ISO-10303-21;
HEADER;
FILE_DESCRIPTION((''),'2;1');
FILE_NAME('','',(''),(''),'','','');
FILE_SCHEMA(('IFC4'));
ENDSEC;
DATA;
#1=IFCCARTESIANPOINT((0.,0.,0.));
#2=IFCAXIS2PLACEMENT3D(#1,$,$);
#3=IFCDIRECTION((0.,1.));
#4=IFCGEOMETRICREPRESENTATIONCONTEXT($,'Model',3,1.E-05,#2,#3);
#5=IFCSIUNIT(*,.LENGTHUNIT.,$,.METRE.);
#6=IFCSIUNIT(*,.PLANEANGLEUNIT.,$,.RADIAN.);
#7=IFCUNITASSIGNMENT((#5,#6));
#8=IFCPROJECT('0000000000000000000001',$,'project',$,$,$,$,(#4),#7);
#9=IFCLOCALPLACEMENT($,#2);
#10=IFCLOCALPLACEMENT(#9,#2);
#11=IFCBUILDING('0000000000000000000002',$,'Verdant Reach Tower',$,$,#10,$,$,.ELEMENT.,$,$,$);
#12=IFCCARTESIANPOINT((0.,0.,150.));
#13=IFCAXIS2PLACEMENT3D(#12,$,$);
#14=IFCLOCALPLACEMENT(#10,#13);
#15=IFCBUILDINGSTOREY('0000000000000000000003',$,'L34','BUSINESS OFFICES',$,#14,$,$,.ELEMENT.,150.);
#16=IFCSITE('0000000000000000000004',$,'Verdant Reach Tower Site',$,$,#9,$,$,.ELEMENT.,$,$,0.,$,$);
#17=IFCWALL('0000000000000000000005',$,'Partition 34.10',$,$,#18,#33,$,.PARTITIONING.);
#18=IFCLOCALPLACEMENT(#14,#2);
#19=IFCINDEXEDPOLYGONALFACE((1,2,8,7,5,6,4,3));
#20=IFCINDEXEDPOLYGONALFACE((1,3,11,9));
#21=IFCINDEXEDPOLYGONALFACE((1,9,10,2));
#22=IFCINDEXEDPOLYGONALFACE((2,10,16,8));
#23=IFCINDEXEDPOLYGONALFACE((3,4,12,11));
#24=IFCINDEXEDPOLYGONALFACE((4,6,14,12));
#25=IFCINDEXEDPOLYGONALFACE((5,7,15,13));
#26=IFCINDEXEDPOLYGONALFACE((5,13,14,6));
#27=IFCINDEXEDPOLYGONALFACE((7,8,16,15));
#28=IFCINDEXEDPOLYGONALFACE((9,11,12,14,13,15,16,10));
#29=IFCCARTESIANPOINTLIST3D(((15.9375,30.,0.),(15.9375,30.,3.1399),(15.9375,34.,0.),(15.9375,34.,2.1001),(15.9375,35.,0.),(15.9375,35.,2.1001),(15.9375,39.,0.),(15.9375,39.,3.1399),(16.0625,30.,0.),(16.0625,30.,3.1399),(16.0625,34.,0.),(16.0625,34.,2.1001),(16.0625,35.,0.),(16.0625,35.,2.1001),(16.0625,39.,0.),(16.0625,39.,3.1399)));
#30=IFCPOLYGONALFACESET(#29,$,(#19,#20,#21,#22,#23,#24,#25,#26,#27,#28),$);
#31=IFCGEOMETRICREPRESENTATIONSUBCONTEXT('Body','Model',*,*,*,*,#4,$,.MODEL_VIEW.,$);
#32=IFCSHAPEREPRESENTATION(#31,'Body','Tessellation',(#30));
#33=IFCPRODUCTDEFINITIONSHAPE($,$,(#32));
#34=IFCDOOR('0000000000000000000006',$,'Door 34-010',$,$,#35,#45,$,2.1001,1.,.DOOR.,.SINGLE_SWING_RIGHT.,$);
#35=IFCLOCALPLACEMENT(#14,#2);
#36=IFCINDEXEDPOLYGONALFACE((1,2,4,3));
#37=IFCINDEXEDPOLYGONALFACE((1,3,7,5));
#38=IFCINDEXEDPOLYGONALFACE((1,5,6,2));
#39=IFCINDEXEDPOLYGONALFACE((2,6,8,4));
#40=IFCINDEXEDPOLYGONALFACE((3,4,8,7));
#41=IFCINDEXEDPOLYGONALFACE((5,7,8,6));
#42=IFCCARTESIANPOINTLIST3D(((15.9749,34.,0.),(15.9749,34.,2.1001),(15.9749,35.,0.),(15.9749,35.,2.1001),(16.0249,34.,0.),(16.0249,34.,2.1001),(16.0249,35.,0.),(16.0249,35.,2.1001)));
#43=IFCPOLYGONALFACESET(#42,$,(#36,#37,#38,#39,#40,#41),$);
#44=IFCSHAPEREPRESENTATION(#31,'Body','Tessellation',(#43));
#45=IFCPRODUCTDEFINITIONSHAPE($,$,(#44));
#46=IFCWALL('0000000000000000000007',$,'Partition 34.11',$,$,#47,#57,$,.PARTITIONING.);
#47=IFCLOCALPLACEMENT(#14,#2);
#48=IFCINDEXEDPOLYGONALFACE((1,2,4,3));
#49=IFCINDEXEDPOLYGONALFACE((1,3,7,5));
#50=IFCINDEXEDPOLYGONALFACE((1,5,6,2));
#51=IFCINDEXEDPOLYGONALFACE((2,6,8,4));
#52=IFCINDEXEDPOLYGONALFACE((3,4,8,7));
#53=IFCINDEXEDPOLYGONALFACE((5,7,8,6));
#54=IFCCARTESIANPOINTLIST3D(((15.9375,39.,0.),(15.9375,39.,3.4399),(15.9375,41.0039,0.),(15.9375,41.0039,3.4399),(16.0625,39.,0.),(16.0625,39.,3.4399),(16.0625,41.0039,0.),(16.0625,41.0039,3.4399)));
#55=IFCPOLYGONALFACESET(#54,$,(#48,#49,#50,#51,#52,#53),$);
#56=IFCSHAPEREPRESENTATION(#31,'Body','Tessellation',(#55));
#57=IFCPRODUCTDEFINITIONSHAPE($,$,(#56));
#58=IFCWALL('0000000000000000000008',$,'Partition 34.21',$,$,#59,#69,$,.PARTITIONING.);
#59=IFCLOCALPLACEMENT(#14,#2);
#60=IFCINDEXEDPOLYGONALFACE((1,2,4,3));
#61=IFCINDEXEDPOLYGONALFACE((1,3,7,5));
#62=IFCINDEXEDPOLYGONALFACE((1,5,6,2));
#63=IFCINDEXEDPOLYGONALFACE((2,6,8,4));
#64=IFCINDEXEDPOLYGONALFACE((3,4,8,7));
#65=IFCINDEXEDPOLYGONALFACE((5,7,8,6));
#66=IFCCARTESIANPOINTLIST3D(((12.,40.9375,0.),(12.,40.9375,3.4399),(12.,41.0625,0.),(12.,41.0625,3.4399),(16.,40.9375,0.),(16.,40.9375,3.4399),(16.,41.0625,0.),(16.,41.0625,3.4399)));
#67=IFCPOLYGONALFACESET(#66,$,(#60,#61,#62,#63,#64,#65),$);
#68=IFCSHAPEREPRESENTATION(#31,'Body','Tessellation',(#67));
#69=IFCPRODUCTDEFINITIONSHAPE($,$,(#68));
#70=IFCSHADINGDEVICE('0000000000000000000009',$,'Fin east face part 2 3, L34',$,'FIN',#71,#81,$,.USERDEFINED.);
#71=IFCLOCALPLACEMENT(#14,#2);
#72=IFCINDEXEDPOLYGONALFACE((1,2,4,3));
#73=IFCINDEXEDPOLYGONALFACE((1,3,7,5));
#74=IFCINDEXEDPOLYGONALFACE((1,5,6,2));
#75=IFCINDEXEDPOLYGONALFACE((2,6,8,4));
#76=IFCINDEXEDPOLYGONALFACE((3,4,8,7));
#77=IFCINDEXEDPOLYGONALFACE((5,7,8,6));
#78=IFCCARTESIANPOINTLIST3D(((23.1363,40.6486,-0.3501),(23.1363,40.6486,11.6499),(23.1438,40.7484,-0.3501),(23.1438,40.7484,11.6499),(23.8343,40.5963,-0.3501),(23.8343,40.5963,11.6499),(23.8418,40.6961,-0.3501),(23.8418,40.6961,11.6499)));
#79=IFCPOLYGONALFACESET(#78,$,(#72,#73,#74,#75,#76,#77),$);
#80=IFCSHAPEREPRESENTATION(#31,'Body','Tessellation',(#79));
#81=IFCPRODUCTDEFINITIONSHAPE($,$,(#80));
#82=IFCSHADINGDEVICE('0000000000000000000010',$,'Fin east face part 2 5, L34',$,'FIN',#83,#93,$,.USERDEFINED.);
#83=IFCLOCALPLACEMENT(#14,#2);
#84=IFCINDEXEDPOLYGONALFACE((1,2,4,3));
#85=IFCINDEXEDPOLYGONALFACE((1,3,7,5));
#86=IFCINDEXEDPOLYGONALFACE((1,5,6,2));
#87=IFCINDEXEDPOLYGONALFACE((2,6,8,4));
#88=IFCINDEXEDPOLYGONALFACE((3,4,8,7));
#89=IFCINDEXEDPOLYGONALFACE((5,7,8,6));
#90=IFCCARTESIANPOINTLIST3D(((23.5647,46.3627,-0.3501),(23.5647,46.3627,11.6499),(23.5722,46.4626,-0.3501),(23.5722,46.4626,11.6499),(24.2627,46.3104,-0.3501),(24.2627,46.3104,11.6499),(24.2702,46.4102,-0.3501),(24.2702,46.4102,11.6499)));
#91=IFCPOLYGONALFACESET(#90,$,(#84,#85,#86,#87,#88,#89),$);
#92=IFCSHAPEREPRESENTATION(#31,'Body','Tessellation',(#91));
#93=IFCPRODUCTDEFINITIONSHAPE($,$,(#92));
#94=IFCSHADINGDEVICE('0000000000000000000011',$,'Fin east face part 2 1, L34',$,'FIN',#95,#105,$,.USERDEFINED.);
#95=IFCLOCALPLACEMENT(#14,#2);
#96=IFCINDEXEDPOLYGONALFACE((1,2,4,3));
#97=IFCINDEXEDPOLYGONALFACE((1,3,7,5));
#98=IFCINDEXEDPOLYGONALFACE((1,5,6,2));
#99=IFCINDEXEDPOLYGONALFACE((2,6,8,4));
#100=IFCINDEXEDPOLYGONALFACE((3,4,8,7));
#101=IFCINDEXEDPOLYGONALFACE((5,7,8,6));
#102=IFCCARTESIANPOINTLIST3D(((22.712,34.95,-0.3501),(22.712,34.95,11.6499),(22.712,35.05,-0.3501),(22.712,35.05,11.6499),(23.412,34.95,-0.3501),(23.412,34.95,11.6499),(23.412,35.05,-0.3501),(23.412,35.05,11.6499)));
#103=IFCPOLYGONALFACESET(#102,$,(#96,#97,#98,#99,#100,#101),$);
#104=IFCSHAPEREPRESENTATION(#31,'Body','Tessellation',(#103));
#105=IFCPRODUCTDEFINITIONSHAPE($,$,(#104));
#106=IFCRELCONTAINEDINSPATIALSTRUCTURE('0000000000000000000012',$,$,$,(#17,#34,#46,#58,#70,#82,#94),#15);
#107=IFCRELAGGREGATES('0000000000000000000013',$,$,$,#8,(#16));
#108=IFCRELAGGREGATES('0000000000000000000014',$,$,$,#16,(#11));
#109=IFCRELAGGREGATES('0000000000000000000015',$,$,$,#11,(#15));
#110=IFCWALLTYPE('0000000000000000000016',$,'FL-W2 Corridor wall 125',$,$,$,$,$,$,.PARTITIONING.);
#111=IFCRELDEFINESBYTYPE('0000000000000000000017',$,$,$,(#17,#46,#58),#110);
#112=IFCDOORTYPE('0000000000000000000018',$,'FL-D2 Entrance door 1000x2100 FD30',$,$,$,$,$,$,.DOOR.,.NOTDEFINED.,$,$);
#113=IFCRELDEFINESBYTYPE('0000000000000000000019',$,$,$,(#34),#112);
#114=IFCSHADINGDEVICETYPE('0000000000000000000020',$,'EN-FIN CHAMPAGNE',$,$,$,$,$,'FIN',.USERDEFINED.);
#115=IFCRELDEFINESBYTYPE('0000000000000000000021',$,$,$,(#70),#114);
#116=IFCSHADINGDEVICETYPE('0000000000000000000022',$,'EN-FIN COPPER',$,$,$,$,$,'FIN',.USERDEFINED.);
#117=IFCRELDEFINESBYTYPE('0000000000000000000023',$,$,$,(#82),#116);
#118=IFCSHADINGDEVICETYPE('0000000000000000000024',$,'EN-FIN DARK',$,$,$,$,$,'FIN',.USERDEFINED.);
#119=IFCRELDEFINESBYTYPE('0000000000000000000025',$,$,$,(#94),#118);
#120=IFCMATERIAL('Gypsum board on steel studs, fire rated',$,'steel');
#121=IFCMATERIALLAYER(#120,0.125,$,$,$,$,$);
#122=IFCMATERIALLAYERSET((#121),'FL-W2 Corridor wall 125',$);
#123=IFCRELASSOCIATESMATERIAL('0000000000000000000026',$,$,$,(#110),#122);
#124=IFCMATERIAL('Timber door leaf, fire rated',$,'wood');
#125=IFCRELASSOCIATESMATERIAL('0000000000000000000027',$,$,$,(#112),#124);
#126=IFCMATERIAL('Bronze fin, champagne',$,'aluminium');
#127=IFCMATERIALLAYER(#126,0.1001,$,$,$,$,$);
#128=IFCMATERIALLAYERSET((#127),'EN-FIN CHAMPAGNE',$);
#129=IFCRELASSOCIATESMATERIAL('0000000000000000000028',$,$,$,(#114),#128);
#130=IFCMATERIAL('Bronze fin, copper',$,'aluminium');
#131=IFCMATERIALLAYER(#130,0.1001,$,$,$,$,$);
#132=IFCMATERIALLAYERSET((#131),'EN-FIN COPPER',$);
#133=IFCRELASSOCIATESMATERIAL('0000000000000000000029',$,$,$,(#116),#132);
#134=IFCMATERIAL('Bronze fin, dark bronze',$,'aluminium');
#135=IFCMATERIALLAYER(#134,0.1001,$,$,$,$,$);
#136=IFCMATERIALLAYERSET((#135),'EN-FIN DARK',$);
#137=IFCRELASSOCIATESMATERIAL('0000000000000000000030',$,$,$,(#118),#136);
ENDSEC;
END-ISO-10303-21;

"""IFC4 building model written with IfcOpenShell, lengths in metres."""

from ifc_helpers import new_model, si_unit, direction, frame, frame_2d, origin, origin_2d, place, context, subcontext, project, spatial, rectangle, extrude, material, layer, layer_set, type_object, element, fill, save


model = new_model("IFC4")

# Units and contexts
model_context = context("Model", 3, precision=1e-05, world=origin(), true_north=direction((0.0, 1.0)))
body_context = subcontext(model_context, "Body", "Model", "MODEL_VIEW")
ifc_project = project(units=[si_unit("LENGTHUNIT", "METRE"), si_unit("PLANEANGLEUNIT", "RADIAN")], contexts=[model_context])

# Site, building, storey
site_placement = place(None, origin())
site = spatial("IfcSite", under=ifc_project, at=site_placement, Name="Verdant Reach Tower Site", CompositionType="ELEMENT", RefElevation=0.0)
building_placement = place(site_placement, origin())
building = spatial("IfcBuilding", under=site, at=building_placement, Name="Verdant Reach Tower", CompositionType="ELEMENT")
storey_placement = place(building_placement, frame((0.0, 0.0, 150.0)))
storey = spatial("IfcBuildingStorey", under=building, at=storey_placement, Name="L34", Description="BUSINESS OFFICES", CompositionType="ELEMENT", Elevation=150.0)

# Wall, opening, door
ifc_material_1 = material(Name="Gypsum board on steel studs, fire rated", Category="steel")
ifc_layer_1 = layer(ifc_material_1, 0.125)
ifc_layer_set_1 = layer_set([ifc_layer_1], Name="FL-W2 Corridor wall 125")
wall_type_1 = type_object("IfcWallType", Name="FL-W2 Corridor wall 125", PredefinedType="PARTITIONING", material=ifc_layer_set_1)
wall_1_placement = place(storey_placement, frame((16.0, 39.0, 0.0), z_axis=(0.0, 0.0, 1.0), x_axis=(0.0, -1.0, 0.0)))
wall_1 = element("IfcWall", 1, at=wall_1_placement, inside=storey, type_object=wall_type_1, Name="Partition 34.10", PredefinedType="PARTITIONING", context=body_context, shape_type="SweptSolid", body=[
    extrude(rectangle(XDim=9.0, YDim=0.125, at=frame_2d((4.5, 0.0))), origin(), (0.0, 0.0, 1.0), 3.1399),
])
opening_1_placement = place(wall_1_placement, frame((4.0, 0.0, 0.0)))
opening_1 = element("IfcOpeningElement", 2, at=opening_1_placement, cuts=wall_1, PredefinedType="OPENING", context=body_context, shape_type="SweptSolid", body=[
    extrude(rectangle(XDim=1.0, YDim=2.1001, at=frame_2d((0.5, 1.05))), frame((0.0, 0.0725, 0.0), z_axis=(0.0, -1.0, 0.0), x_axis=(1.0, 0.0, 0.0)), (0.0, 0.0, 1.0), 0.145),
])
ifc_material_2 = material(Name="Timber door leaf, fire rated", Category="wood")
door_type_1 = type_object("IfcDoorType", Name="FL-D2 Entrance door 1000x2100 FD30", OperationType="NOTDEFINED", PredefinedType="DOOR", material=ifc_material_2)
door_1_placement = place(opening_1_placement, origin())
door_1 = element("IfcDoor", 3, at=door_1_placement, inside=storey, type_object=door_type_1, Name="Door 34-010", OperationType="SINGLE_SWING_RIGHT", OverallHeight=2.1001, OverallWidth=1.0, PredefinedType="DOOR", context=body_context, shape_type="SweptSolid", body=[
    extrude(rectangle(XDim=1.0, YDim=2.1001, at=frame_2d((0.5, 1.05))), frame((0.0, 0.0249, 0.0), z_axis=(0.0, -1.0, 0.0), x_axis=(1.0, 0.0, 0.0)), (0.0, 0.0, 1.0), 0.05),
])
fill(opening_1, door_1)

# Walls
wall_2_placement = place(storey_placement, frame((16.0, 39.0, 0.0), z_axis=(0.0, 0.0, 1.0), x_axis=(0.0, 1.0, 0.0)))
element("IfcWall", 4, at=wall_2_placement, inside=storey, type_object=wall_type_1, Name="Partition 34.11", PredefinedType="PARTITIONING", context=body_context, shape_type="SweptSolid", body=[
    extrude(rectangle(XDim=2.0039, YDim=0.125, at=frame_2d((1.002, 0.0))), origin(), (0.0, 0.0, 1.0), 3.4399),
])
wall_3_placement = place(storey_placement, frame((16.0, 41.0, 0.0), z_axis=(0.0, 0.0, 1.0), x_axis=(-1.0, 0.0, 0.0)))
element("IfcWall", 5, at=wall_3_placement, inside=storey, type_object=wall_type_1, Name="Partition 34.21", PredefinedType="PARTITIONING", context=body_context, shape_type="SweptSolid", body=[
    extrude(rectangle(XDim=4.0, YDim=0.125, at=frame_2d((2.0, 0.0))), origin(), (0.0, 0.0, 1.0), 3.4399),
])

# Shading devices
ifc_material_3 = material(Name="Bronze fin, champagne", Category="aluminium")
ifc_layer_2 = layer(ifc_material_3, 0.1001)
ifc_layer_set_2 = layer_set([ifc_layer_2], Name="EN-FIN CHAMPAGNE")
shading_device_type_1 = type_object("IfcShadingDeviceType", Name="EN-FIN CHAMPAGNE", ElementType="FIN", PredefinedType="USERDEFINED", material=ifc_layer_set_2)
shading_device_1_placement = place(storey_placement, frame((23.489, 40.6724, -0.3501), z_axis=(0.0, 0.0, 1.0), x_axis=(0.07479, 0.997199, 0.0)))
element("IfcShadingDevice", 6, at=shading_device_1_placement, inside=storey, type_object=shading_device_type_1, Name="Fin east face part 2 3, L34", ObjectType="FIN", PredefinedType="USERDEFINED", context=body_context, shape_type="SweptSolid", body=[
    extrude(rectangle(XDim=0.1001, YDim=0.7, at=origin_2d()), origin(), (0.0, 0.0, 1.0), 12.0),
])
ifc_material_4 = material(Name="Bronze fin, copper", Category="aluminium")
ifc_layer_3 = layer(ifc_material_4, 0.1001)
ifc_layer_set_3 = layer_set([ifc_layer_3], Name="EN-FIN COPPER")
shading_device_type_2 = type_object("IfcShadingDeviceType", Name="EN-FIN COPPER", ElementType="FIN", PredefinedType="USERDEFINED", material=ifc_layer_set_3)
shading_device_2_placement = place(storey_placement, frame((23.9175, 46.3865, -0.3501), z_axis=(0.0, 0.0, 1.0), x_axis=(0.07479, 0.997199, 0.0)))
element("IfcShadingDevice", 7, at=shading_device_2_placement, inside=storey, type_object=shading_device_type_2, Name="Fin east face part 2 5, L34", ObjectType="FIN", PredefinedType="USERDEFINED", context=body_context, shape_type="SweptSolid", body=[
    extrude(rectangle(XDim=0.1001, YDim=0.7, at=origin_2d()), origin(), (0.0, 0.0, 1.0), 12.0),
])
ifc_material_5 = material(Name="Bronze fin, dark bronze", Category="aluminium")
ifc_layer_4 = layer(ifc_material_5, 0.1001)
ifc_layer_set_4 = layer_set([ifc_layer_4], Name="EN-FIN DARK")
shading_device_type_3 = type_object("IfcShadingDeviceType", Name="EN-FIN DARK", ElementType="FIN", PredefinedType="USERDEFINED", material=ifc_layer_set_4)
shading_device_3_placement = place(storey_placement, frame((23.062, 35.0, -0.3501), z_axis=(0.0, 0.0, 1.0), x_axis=(0.0, 1.0, 0.0)))
element("IfcShadingDevice", 8, at=shading_device_3_placement, inside=storey, type_object=shading_device_type_3, Name="Fin east face part 2 1, L34", ObjectType="FIN", PredefinedType="USERDEFINED", context=body_context, shape_type="SweptSolid", body=[
    extrude(rectangle(XDim=0.1001, YDim=0.7, at=origin_2d()), origin(), (0.0, 0.0, 1.0), 12.0),
])

save(model, "model.ifc")
